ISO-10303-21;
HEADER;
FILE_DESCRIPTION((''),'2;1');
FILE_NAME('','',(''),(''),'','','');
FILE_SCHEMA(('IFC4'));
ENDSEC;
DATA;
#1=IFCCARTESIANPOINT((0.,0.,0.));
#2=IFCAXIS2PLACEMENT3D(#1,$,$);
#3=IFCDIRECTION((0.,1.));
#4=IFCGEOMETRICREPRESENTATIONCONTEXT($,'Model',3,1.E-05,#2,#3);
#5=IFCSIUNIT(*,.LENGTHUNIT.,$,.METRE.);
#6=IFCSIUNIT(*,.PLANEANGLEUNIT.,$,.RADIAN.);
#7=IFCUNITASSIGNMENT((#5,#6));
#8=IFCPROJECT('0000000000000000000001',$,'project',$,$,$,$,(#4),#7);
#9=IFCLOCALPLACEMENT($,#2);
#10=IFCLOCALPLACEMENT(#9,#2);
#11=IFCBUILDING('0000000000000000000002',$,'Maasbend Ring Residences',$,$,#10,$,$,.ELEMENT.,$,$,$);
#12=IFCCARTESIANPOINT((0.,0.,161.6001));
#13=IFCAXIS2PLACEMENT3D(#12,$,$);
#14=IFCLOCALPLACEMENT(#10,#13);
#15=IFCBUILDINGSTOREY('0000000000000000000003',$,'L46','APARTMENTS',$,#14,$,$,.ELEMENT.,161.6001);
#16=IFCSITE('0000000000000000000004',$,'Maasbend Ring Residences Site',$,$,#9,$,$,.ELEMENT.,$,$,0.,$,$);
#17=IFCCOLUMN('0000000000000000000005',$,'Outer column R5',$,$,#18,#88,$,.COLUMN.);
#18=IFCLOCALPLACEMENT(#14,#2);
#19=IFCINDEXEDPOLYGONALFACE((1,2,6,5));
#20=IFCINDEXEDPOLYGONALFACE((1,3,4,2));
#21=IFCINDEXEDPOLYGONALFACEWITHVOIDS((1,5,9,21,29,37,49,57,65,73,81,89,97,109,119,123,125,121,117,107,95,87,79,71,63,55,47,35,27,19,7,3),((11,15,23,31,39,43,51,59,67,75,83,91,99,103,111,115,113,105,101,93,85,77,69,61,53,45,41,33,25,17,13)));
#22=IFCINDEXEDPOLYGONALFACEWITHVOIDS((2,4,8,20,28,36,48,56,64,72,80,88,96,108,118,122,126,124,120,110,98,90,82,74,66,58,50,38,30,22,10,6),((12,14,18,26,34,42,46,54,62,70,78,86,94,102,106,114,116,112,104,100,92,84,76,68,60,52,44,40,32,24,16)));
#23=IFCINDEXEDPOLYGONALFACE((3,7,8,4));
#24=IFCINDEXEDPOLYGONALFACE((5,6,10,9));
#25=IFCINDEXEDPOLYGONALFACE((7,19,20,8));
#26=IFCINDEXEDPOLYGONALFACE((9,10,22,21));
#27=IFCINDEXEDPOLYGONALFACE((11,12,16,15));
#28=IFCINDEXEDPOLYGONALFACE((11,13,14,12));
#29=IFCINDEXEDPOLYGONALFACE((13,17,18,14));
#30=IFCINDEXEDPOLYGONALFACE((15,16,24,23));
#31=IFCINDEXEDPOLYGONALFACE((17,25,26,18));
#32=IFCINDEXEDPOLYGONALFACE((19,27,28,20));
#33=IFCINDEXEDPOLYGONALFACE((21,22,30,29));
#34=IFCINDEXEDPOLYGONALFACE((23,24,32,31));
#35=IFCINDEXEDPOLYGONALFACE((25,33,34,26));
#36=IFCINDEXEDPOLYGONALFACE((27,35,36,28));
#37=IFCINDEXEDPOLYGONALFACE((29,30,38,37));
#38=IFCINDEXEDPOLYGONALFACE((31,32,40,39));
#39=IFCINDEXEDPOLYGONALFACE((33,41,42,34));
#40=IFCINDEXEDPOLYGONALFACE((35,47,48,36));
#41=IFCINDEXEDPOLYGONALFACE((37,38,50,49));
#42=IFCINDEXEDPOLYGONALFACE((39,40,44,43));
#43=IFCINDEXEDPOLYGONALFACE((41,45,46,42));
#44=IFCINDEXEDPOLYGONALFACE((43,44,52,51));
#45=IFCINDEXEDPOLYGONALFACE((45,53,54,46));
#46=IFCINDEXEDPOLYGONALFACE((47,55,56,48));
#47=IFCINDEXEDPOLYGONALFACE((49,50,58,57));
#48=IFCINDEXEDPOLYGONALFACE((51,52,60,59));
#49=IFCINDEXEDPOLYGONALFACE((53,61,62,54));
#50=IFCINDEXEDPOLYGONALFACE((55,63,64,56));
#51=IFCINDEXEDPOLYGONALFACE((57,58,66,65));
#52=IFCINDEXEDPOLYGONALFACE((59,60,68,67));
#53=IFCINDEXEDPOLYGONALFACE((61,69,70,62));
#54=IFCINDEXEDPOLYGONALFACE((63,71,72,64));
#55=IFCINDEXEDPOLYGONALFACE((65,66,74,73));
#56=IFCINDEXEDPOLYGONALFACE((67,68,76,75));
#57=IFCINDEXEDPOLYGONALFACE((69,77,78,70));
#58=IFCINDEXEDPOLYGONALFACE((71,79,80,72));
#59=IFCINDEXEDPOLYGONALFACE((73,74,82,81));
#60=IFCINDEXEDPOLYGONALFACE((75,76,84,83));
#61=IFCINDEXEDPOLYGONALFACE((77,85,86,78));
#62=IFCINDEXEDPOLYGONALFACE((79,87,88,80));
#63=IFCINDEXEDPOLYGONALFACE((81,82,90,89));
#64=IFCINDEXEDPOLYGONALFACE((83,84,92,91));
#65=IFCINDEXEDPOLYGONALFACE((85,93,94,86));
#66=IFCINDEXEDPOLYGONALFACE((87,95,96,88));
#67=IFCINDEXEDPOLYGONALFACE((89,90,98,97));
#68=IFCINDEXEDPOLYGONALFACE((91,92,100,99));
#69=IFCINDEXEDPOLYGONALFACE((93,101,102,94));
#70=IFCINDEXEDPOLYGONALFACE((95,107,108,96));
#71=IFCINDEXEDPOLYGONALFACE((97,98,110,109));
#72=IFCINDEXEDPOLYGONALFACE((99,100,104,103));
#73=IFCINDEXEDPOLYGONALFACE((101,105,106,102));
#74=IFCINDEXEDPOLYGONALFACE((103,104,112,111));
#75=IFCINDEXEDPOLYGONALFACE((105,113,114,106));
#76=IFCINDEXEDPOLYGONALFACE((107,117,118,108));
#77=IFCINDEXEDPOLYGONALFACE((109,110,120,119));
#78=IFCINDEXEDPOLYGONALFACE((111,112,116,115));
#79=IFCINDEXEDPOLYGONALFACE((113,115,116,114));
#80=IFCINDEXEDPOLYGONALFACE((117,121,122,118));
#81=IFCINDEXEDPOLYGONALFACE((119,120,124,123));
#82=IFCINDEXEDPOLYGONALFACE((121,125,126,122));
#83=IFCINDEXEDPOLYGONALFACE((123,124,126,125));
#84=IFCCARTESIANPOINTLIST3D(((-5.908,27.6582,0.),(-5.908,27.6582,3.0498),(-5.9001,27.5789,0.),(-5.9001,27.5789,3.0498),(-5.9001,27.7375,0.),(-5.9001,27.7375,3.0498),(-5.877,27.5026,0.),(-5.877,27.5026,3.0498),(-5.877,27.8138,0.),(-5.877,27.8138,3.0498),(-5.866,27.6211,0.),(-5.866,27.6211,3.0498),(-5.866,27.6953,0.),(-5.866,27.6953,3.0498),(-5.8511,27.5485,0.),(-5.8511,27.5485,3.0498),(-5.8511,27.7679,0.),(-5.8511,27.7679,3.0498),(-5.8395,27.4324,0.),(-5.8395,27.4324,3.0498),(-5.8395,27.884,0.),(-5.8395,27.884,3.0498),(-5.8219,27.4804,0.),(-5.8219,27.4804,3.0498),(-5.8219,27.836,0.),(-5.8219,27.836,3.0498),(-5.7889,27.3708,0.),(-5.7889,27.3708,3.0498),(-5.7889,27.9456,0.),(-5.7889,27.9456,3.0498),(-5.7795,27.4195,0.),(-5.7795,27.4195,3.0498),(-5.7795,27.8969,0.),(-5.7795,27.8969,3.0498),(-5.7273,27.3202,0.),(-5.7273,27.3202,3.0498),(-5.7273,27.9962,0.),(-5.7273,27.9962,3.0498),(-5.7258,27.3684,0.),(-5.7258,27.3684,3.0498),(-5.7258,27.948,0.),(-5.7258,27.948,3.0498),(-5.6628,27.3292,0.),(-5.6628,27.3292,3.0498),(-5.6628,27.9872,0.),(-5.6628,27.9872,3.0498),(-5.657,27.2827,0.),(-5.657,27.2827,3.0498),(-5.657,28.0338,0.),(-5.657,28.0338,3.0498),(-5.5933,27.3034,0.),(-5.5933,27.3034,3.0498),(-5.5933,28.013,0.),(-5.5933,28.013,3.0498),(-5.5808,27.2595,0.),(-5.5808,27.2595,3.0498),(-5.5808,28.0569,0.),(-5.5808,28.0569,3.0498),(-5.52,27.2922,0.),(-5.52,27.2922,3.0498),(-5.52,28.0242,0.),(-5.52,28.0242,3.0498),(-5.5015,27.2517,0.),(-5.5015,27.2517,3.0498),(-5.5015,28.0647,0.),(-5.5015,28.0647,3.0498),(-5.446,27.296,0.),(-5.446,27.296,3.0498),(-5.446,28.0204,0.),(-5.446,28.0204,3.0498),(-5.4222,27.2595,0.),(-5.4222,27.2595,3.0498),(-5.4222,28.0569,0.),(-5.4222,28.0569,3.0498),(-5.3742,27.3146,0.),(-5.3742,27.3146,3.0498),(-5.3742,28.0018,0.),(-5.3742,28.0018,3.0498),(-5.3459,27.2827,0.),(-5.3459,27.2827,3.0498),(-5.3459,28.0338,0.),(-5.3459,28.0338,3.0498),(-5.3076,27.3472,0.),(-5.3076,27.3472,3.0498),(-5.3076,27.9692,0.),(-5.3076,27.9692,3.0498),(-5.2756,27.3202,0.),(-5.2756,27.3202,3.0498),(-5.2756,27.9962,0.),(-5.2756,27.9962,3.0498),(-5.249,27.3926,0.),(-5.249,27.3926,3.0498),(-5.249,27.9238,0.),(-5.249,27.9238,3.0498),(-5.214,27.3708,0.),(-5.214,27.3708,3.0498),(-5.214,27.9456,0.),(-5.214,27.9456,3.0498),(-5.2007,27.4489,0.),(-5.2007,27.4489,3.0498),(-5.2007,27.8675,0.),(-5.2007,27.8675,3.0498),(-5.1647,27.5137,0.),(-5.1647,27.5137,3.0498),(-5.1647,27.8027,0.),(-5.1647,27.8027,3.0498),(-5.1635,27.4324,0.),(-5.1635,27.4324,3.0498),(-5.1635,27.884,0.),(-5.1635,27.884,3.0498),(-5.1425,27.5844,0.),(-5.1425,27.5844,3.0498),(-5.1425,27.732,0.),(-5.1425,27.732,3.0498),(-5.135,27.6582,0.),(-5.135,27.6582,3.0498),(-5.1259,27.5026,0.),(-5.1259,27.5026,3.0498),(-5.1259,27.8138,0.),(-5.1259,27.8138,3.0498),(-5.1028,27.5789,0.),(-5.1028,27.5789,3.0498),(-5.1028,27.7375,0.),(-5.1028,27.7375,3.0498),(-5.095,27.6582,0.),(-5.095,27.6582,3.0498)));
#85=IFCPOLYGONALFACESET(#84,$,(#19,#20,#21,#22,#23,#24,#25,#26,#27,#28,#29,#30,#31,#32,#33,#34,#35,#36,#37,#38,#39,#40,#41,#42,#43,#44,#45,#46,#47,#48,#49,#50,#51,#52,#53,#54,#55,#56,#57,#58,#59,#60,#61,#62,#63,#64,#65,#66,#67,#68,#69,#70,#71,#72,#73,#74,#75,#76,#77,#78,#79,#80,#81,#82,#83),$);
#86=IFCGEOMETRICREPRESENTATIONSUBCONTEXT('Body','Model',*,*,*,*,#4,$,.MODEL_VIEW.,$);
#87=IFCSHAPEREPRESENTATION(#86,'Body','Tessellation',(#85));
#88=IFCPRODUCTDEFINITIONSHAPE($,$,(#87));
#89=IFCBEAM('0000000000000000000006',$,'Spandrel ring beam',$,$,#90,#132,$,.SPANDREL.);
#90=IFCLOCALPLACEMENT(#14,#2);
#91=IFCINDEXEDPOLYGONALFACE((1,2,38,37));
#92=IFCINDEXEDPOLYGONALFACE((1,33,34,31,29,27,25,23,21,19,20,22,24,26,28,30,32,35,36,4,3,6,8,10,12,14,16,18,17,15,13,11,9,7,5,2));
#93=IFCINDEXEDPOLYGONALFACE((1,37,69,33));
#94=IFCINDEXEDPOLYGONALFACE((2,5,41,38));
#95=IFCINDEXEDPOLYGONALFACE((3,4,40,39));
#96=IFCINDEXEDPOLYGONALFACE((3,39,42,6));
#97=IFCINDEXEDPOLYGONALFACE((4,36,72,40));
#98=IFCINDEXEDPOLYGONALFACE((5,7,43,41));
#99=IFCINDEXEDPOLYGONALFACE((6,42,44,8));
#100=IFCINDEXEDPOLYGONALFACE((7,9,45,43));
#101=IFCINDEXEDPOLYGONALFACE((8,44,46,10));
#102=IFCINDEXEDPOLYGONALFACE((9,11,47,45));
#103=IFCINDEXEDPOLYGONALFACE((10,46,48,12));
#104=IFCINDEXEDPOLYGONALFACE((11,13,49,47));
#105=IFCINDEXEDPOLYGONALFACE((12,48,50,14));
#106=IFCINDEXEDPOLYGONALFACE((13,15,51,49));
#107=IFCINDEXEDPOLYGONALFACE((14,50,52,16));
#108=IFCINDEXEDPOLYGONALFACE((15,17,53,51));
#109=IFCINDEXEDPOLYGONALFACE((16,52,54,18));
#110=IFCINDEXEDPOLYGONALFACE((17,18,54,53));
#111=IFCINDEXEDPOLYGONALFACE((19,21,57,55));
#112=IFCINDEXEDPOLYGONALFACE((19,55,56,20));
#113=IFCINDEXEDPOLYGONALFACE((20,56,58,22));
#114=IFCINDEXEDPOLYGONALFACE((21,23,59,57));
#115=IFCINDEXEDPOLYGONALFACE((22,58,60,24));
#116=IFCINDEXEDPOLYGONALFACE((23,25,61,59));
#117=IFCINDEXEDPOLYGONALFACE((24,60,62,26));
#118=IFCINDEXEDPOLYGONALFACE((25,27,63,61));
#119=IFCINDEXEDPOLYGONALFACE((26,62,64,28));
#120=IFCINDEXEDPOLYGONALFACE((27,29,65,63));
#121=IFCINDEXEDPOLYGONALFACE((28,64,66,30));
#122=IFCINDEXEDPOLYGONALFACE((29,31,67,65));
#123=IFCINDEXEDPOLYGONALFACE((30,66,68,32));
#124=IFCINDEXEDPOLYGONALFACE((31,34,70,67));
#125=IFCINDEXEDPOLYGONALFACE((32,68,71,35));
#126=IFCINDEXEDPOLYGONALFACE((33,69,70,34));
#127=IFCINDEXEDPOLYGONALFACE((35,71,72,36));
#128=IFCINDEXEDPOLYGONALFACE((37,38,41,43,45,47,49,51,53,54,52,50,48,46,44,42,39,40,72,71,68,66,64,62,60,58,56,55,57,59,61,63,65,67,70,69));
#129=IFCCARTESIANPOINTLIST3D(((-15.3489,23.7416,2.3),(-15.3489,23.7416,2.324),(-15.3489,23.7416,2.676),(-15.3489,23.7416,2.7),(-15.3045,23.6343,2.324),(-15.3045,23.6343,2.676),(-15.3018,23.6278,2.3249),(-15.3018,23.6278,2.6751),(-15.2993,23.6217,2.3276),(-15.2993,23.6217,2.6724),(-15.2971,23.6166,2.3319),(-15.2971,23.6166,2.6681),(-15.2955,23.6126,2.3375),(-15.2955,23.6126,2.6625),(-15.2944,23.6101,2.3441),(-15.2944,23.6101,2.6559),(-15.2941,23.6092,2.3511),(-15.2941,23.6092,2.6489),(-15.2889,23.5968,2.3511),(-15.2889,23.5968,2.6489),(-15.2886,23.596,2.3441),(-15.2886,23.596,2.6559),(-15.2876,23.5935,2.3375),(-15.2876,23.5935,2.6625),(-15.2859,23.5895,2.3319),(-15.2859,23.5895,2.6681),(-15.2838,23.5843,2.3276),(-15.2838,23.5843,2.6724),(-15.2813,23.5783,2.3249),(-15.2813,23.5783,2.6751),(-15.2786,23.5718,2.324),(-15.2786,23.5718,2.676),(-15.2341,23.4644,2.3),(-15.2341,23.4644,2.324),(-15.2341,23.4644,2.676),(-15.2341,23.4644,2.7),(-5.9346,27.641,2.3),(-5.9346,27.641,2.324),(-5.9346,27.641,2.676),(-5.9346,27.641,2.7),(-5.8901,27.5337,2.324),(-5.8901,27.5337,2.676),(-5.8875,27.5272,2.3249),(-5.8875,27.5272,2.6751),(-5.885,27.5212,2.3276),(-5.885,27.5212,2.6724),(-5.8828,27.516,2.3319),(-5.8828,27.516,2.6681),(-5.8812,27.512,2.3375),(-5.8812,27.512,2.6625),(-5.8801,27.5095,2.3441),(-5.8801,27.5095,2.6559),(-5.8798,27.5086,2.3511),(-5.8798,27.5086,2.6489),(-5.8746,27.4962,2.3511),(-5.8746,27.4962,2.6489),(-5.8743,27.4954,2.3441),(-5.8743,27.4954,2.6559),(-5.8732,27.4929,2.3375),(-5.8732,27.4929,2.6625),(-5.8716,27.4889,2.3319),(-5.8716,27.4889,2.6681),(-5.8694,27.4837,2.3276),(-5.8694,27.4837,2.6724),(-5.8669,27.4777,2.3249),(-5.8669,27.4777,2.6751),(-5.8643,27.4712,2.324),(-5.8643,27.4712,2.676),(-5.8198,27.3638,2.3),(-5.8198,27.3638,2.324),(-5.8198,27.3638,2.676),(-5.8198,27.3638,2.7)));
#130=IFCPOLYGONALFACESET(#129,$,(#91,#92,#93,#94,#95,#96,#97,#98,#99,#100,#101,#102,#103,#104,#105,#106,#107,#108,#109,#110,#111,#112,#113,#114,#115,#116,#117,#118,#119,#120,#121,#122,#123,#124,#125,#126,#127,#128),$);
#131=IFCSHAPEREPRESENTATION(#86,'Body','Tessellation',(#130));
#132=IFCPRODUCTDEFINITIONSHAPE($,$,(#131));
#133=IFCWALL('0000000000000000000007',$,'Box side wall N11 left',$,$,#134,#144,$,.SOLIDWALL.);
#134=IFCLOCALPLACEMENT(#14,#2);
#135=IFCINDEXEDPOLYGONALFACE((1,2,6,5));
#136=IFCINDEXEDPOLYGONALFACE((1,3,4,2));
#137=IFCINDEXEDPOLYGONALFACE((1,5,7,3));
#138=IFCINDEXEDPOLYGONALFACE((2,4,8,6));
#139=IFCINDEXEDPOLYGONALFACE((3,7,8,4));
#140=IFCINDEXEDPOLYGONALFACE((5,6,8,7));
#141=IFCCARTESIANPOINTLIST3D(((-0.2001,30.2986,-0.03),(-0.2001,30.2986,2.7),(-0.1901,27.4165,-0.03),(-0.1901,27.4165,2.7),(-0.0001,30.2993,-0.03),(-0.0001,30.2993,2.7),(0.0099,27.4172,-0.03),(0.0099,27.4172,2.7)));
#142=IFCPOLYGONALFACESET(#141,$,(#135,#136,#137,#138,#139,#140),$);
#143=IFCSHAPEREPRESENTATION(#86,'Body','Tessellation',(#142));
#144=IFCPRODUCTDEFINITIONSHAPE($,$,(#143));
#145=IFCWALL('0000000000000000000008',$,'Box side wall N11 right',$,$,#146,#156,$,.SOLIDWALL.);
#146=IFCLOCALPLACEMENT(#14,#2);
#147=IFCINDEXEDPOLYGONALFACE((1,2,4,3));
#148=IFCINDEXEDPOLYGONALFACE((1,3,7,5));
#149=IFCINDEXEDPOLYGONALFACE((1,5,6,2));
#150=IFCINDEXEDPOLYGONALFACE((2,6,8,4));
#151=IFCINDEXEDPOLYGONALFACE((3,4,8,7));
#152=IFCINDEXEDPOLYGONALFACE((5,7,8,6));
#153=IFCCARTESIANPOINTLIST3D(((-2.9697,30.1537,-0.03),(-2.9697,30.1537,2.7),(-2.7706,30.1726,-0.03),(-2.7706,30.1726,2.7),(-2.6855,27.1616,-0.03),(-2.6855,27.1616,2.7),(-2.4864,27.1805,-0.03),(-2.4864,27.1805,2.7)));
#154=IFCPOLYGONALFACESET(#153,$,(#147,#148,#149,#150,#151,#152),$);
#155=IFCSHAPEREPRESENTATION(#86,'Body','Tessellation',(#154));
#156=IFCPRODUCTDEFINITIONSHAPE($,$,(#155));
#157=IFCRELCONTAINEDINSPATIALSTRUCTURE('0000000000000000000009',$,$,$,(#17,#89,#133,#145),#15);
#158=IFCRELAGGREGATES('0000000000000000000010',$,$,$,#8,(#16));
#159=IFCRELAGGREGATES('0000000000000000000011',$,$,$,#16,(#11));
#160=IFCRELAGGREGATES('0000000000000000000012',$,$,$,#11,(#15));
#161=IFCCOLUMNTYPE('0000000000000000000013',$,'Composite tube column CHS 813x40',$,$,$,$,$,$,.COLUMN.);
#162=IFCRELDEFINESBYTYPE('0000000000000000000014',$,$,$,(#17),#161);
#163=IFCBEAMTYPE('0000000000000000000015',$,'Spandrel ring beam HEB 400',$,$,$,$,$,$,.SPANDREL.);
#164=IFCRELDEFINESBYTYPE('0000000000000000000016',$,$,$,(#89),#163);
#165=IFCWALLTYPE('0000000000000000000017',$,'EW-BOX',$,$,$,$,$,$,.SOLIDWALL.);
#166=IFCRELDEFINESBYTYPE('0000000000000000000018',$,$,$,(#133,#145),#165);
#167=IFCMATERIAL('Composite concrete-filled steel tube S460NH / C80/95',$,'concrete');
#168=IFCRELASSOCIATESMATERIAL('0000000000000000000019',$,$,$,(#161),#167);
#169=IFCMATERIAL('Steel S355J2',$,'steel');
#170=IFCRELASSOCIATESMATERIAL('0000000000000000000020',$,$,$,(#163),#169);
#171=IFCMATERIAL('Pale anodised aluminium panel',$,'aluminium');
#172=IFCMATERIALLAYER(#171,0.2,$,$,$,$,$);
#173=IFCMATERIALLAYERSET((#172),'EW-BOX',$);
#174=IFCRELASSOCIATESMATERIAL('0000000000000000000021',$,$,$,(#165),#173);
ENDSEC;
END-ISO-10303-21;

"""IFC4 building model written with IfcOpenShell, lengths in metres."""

from ifc_helpers import new_model, si_unit, direction, frame, frame_2d, origin, origin_2d, place, context, subcontext, project, spatial, rectangle, hollow_circle, i_section, extrude, material, layer, layer_set, material_profile, profile_set, type_object, element, save


model = new_model("IFC4")

# Units and contexts
model_context = context("Model", 3, precision=1e-05, world=origin(), true_north=direction((0.0, 1.0)))
body_context = subcontext(model_context, "Body", "Model", "MODEL_VIEW")
ifc_project = project(units=[si_unit("LENGTHUNIT", "METRE"), si_unit("PLANEANGLEUNIT", "RADIAN")], contexts=[model_context])

# Site, building, storey
site_placement = place(None, origin())
site = spatial("IfcSite", under=ifc_project, at=site_placement, Name="Maasbend Ring Residences Site", CompositionType="ELEMENT", RefElevation=0.0)
building_placement = place(site_placement, origin())
building = spatial("IfcBuilding", under=site, at=building_placement, Name="Maasbend Ring Residences", CompositionType="ELEMENT")
storey_placement = place(building_placement, frame((0.0, 0.0, 161.6001)))
storey = spatial("IfcBuildingStorey", under=building, at=storey_placement, Name="L46", Description="APARTMENTS", CompositionType="ELEMENT", Elevation=161.6001)

# Column
ifc_material_1 = material(Name="Composite concrete-filled steel tube S460NH / C80/95", Category="concrete")
ifc_material_profile_1 = material_profile(ifc_material_1, hollow_circle(Radius=0.4065, WallThickness=0.04, at=origin_2d()), Name="Composite tube column CHS 813x40")
ifc_profile_set_1 = profile_set([ifc_material_profile_1], Name="Composite concrete-filled steel tube S460NH / C80/95")
column_type = type_object("IfcColumnType", Name="Composite tube column CHS 813x40", PredefinedType="COLUMN", material=ifc_profile_set_1)
column_placement = place(storey_placement, frame((-5.5015, 27.6582, 0.0), z_axis=(0.0, 0.0, 1.0), x_axis=(1.0, 0.0, 0.0)))
element("IfcColumn", 1, at=column_placement, inside=storey, type_object=column_type, Name="Outer column R5", PredefinedType="COLUMN", context=body_context, shape_type="SweptSolid", body=[
    extrude(hollow_circle(Radius=0.4065, WallThickness=0.04, at=origin_2d()), origin(), (0.0, 0.0, 1.0), 3.0498),
])

# Beam
ifc_material_2 = material(Name="Steel S355J2", Category="steel")
ifc_material_profile_2 = material_profile(ifc_material_2, i_section(OverallWidth=0.3, OverallDepth=0.3999, WebThickness=0.0134, FlangeThickness=0.0239, FilletRadius=0.0271, at=origin_2d()), Name="HEB 400")
ifc_profile_set_2 = profile_set([ifc_material_profile_2], Name="Steel S355J2")
beam_type = type_object("IfcBeamType", Name="Spandrel ring beam HEB 400", PredefinedType="SPANDREL", material=ifc_profile_set_2)
beam_placement = place(storey_placement, frame((-5.8772, 27.5024, 2.5), z_axis=(-0.923884, -0.382673, 0.0), x_axis=(0.382673, -0.923884, 0.0)))
element("IfcBeam", 2, at=beam_placement, inside=storey, type_object=beam_type, Name="Spandrel ring beam", PredefinedType="SPANDREL", context=body_context, shape_type="SweptSolid", body=[
    extrude(i_section(OverallWidth=0.3, OverallDepth=0.3999, WebThickness=0.0134, FlangeThickness=0.0239, FilletRadius=0.0271, at=origin_2d()), origin(), (0.0, 0.0, 1.0), 10.1899),
])

# Walls
ifc_material_3 = material(Name="Pale anodised aluminium panel", Category="aluminium")
ifc_layer_1 = layer(ifc_material_3, 0.2)
ifc_layer_set_1 = layer_set([ifc_layer_1], Name="EW-BOX")
wall_type_1 = type_object("IfcWallType", Name="EW-BOX", PredefinedType="SOLIDWALL", material=ifc_layer_set_1)
wall_1_placement = place(storey_placement, frame((-0.0901, 27.417, -0.03), z_axis=(0.0, 0.0, 1.0), x_axis=(-0.003473, 0.999994, 0.0)))
element("IfcWall", 3, at=wall_1_placement, inside=storey, type_object=wall_type_1, Name="Box side wall N11 left", PredefinedType="SOLIDWALL", context=body_context, shape_type="SweptSolid", body=[
    extrude(rectangle(XDim=2.8821, YDim=0.2, at=frame_2d((1.4409, 0.0))), origin(), (0.0, 0.0, 1.0), 2.73),
])
wall_2_placement = place(storey_placement, frame((-2.5859, 27.1709, -0.03), z_axis=(0.0, 0.0, 1.0), x_axis=(-0.094548, 0.99552, 0.0)))
element("IfcWall", 4, at=wall_2_placement, inside=storey, type_object=wall_type_1, Name="Box side wall N11 right", PredefinedType="SOLIDWALL", context=body_context, shape_type="SweptSolid", body=[
    extrude(rectangle(XDim=3.0056, YDim=0.2, at=frame_2d((1.5029, 0.0))), origin(), (0.0, 0.0, 1.0), 2.73),
])

save(model, "model.ifc")
